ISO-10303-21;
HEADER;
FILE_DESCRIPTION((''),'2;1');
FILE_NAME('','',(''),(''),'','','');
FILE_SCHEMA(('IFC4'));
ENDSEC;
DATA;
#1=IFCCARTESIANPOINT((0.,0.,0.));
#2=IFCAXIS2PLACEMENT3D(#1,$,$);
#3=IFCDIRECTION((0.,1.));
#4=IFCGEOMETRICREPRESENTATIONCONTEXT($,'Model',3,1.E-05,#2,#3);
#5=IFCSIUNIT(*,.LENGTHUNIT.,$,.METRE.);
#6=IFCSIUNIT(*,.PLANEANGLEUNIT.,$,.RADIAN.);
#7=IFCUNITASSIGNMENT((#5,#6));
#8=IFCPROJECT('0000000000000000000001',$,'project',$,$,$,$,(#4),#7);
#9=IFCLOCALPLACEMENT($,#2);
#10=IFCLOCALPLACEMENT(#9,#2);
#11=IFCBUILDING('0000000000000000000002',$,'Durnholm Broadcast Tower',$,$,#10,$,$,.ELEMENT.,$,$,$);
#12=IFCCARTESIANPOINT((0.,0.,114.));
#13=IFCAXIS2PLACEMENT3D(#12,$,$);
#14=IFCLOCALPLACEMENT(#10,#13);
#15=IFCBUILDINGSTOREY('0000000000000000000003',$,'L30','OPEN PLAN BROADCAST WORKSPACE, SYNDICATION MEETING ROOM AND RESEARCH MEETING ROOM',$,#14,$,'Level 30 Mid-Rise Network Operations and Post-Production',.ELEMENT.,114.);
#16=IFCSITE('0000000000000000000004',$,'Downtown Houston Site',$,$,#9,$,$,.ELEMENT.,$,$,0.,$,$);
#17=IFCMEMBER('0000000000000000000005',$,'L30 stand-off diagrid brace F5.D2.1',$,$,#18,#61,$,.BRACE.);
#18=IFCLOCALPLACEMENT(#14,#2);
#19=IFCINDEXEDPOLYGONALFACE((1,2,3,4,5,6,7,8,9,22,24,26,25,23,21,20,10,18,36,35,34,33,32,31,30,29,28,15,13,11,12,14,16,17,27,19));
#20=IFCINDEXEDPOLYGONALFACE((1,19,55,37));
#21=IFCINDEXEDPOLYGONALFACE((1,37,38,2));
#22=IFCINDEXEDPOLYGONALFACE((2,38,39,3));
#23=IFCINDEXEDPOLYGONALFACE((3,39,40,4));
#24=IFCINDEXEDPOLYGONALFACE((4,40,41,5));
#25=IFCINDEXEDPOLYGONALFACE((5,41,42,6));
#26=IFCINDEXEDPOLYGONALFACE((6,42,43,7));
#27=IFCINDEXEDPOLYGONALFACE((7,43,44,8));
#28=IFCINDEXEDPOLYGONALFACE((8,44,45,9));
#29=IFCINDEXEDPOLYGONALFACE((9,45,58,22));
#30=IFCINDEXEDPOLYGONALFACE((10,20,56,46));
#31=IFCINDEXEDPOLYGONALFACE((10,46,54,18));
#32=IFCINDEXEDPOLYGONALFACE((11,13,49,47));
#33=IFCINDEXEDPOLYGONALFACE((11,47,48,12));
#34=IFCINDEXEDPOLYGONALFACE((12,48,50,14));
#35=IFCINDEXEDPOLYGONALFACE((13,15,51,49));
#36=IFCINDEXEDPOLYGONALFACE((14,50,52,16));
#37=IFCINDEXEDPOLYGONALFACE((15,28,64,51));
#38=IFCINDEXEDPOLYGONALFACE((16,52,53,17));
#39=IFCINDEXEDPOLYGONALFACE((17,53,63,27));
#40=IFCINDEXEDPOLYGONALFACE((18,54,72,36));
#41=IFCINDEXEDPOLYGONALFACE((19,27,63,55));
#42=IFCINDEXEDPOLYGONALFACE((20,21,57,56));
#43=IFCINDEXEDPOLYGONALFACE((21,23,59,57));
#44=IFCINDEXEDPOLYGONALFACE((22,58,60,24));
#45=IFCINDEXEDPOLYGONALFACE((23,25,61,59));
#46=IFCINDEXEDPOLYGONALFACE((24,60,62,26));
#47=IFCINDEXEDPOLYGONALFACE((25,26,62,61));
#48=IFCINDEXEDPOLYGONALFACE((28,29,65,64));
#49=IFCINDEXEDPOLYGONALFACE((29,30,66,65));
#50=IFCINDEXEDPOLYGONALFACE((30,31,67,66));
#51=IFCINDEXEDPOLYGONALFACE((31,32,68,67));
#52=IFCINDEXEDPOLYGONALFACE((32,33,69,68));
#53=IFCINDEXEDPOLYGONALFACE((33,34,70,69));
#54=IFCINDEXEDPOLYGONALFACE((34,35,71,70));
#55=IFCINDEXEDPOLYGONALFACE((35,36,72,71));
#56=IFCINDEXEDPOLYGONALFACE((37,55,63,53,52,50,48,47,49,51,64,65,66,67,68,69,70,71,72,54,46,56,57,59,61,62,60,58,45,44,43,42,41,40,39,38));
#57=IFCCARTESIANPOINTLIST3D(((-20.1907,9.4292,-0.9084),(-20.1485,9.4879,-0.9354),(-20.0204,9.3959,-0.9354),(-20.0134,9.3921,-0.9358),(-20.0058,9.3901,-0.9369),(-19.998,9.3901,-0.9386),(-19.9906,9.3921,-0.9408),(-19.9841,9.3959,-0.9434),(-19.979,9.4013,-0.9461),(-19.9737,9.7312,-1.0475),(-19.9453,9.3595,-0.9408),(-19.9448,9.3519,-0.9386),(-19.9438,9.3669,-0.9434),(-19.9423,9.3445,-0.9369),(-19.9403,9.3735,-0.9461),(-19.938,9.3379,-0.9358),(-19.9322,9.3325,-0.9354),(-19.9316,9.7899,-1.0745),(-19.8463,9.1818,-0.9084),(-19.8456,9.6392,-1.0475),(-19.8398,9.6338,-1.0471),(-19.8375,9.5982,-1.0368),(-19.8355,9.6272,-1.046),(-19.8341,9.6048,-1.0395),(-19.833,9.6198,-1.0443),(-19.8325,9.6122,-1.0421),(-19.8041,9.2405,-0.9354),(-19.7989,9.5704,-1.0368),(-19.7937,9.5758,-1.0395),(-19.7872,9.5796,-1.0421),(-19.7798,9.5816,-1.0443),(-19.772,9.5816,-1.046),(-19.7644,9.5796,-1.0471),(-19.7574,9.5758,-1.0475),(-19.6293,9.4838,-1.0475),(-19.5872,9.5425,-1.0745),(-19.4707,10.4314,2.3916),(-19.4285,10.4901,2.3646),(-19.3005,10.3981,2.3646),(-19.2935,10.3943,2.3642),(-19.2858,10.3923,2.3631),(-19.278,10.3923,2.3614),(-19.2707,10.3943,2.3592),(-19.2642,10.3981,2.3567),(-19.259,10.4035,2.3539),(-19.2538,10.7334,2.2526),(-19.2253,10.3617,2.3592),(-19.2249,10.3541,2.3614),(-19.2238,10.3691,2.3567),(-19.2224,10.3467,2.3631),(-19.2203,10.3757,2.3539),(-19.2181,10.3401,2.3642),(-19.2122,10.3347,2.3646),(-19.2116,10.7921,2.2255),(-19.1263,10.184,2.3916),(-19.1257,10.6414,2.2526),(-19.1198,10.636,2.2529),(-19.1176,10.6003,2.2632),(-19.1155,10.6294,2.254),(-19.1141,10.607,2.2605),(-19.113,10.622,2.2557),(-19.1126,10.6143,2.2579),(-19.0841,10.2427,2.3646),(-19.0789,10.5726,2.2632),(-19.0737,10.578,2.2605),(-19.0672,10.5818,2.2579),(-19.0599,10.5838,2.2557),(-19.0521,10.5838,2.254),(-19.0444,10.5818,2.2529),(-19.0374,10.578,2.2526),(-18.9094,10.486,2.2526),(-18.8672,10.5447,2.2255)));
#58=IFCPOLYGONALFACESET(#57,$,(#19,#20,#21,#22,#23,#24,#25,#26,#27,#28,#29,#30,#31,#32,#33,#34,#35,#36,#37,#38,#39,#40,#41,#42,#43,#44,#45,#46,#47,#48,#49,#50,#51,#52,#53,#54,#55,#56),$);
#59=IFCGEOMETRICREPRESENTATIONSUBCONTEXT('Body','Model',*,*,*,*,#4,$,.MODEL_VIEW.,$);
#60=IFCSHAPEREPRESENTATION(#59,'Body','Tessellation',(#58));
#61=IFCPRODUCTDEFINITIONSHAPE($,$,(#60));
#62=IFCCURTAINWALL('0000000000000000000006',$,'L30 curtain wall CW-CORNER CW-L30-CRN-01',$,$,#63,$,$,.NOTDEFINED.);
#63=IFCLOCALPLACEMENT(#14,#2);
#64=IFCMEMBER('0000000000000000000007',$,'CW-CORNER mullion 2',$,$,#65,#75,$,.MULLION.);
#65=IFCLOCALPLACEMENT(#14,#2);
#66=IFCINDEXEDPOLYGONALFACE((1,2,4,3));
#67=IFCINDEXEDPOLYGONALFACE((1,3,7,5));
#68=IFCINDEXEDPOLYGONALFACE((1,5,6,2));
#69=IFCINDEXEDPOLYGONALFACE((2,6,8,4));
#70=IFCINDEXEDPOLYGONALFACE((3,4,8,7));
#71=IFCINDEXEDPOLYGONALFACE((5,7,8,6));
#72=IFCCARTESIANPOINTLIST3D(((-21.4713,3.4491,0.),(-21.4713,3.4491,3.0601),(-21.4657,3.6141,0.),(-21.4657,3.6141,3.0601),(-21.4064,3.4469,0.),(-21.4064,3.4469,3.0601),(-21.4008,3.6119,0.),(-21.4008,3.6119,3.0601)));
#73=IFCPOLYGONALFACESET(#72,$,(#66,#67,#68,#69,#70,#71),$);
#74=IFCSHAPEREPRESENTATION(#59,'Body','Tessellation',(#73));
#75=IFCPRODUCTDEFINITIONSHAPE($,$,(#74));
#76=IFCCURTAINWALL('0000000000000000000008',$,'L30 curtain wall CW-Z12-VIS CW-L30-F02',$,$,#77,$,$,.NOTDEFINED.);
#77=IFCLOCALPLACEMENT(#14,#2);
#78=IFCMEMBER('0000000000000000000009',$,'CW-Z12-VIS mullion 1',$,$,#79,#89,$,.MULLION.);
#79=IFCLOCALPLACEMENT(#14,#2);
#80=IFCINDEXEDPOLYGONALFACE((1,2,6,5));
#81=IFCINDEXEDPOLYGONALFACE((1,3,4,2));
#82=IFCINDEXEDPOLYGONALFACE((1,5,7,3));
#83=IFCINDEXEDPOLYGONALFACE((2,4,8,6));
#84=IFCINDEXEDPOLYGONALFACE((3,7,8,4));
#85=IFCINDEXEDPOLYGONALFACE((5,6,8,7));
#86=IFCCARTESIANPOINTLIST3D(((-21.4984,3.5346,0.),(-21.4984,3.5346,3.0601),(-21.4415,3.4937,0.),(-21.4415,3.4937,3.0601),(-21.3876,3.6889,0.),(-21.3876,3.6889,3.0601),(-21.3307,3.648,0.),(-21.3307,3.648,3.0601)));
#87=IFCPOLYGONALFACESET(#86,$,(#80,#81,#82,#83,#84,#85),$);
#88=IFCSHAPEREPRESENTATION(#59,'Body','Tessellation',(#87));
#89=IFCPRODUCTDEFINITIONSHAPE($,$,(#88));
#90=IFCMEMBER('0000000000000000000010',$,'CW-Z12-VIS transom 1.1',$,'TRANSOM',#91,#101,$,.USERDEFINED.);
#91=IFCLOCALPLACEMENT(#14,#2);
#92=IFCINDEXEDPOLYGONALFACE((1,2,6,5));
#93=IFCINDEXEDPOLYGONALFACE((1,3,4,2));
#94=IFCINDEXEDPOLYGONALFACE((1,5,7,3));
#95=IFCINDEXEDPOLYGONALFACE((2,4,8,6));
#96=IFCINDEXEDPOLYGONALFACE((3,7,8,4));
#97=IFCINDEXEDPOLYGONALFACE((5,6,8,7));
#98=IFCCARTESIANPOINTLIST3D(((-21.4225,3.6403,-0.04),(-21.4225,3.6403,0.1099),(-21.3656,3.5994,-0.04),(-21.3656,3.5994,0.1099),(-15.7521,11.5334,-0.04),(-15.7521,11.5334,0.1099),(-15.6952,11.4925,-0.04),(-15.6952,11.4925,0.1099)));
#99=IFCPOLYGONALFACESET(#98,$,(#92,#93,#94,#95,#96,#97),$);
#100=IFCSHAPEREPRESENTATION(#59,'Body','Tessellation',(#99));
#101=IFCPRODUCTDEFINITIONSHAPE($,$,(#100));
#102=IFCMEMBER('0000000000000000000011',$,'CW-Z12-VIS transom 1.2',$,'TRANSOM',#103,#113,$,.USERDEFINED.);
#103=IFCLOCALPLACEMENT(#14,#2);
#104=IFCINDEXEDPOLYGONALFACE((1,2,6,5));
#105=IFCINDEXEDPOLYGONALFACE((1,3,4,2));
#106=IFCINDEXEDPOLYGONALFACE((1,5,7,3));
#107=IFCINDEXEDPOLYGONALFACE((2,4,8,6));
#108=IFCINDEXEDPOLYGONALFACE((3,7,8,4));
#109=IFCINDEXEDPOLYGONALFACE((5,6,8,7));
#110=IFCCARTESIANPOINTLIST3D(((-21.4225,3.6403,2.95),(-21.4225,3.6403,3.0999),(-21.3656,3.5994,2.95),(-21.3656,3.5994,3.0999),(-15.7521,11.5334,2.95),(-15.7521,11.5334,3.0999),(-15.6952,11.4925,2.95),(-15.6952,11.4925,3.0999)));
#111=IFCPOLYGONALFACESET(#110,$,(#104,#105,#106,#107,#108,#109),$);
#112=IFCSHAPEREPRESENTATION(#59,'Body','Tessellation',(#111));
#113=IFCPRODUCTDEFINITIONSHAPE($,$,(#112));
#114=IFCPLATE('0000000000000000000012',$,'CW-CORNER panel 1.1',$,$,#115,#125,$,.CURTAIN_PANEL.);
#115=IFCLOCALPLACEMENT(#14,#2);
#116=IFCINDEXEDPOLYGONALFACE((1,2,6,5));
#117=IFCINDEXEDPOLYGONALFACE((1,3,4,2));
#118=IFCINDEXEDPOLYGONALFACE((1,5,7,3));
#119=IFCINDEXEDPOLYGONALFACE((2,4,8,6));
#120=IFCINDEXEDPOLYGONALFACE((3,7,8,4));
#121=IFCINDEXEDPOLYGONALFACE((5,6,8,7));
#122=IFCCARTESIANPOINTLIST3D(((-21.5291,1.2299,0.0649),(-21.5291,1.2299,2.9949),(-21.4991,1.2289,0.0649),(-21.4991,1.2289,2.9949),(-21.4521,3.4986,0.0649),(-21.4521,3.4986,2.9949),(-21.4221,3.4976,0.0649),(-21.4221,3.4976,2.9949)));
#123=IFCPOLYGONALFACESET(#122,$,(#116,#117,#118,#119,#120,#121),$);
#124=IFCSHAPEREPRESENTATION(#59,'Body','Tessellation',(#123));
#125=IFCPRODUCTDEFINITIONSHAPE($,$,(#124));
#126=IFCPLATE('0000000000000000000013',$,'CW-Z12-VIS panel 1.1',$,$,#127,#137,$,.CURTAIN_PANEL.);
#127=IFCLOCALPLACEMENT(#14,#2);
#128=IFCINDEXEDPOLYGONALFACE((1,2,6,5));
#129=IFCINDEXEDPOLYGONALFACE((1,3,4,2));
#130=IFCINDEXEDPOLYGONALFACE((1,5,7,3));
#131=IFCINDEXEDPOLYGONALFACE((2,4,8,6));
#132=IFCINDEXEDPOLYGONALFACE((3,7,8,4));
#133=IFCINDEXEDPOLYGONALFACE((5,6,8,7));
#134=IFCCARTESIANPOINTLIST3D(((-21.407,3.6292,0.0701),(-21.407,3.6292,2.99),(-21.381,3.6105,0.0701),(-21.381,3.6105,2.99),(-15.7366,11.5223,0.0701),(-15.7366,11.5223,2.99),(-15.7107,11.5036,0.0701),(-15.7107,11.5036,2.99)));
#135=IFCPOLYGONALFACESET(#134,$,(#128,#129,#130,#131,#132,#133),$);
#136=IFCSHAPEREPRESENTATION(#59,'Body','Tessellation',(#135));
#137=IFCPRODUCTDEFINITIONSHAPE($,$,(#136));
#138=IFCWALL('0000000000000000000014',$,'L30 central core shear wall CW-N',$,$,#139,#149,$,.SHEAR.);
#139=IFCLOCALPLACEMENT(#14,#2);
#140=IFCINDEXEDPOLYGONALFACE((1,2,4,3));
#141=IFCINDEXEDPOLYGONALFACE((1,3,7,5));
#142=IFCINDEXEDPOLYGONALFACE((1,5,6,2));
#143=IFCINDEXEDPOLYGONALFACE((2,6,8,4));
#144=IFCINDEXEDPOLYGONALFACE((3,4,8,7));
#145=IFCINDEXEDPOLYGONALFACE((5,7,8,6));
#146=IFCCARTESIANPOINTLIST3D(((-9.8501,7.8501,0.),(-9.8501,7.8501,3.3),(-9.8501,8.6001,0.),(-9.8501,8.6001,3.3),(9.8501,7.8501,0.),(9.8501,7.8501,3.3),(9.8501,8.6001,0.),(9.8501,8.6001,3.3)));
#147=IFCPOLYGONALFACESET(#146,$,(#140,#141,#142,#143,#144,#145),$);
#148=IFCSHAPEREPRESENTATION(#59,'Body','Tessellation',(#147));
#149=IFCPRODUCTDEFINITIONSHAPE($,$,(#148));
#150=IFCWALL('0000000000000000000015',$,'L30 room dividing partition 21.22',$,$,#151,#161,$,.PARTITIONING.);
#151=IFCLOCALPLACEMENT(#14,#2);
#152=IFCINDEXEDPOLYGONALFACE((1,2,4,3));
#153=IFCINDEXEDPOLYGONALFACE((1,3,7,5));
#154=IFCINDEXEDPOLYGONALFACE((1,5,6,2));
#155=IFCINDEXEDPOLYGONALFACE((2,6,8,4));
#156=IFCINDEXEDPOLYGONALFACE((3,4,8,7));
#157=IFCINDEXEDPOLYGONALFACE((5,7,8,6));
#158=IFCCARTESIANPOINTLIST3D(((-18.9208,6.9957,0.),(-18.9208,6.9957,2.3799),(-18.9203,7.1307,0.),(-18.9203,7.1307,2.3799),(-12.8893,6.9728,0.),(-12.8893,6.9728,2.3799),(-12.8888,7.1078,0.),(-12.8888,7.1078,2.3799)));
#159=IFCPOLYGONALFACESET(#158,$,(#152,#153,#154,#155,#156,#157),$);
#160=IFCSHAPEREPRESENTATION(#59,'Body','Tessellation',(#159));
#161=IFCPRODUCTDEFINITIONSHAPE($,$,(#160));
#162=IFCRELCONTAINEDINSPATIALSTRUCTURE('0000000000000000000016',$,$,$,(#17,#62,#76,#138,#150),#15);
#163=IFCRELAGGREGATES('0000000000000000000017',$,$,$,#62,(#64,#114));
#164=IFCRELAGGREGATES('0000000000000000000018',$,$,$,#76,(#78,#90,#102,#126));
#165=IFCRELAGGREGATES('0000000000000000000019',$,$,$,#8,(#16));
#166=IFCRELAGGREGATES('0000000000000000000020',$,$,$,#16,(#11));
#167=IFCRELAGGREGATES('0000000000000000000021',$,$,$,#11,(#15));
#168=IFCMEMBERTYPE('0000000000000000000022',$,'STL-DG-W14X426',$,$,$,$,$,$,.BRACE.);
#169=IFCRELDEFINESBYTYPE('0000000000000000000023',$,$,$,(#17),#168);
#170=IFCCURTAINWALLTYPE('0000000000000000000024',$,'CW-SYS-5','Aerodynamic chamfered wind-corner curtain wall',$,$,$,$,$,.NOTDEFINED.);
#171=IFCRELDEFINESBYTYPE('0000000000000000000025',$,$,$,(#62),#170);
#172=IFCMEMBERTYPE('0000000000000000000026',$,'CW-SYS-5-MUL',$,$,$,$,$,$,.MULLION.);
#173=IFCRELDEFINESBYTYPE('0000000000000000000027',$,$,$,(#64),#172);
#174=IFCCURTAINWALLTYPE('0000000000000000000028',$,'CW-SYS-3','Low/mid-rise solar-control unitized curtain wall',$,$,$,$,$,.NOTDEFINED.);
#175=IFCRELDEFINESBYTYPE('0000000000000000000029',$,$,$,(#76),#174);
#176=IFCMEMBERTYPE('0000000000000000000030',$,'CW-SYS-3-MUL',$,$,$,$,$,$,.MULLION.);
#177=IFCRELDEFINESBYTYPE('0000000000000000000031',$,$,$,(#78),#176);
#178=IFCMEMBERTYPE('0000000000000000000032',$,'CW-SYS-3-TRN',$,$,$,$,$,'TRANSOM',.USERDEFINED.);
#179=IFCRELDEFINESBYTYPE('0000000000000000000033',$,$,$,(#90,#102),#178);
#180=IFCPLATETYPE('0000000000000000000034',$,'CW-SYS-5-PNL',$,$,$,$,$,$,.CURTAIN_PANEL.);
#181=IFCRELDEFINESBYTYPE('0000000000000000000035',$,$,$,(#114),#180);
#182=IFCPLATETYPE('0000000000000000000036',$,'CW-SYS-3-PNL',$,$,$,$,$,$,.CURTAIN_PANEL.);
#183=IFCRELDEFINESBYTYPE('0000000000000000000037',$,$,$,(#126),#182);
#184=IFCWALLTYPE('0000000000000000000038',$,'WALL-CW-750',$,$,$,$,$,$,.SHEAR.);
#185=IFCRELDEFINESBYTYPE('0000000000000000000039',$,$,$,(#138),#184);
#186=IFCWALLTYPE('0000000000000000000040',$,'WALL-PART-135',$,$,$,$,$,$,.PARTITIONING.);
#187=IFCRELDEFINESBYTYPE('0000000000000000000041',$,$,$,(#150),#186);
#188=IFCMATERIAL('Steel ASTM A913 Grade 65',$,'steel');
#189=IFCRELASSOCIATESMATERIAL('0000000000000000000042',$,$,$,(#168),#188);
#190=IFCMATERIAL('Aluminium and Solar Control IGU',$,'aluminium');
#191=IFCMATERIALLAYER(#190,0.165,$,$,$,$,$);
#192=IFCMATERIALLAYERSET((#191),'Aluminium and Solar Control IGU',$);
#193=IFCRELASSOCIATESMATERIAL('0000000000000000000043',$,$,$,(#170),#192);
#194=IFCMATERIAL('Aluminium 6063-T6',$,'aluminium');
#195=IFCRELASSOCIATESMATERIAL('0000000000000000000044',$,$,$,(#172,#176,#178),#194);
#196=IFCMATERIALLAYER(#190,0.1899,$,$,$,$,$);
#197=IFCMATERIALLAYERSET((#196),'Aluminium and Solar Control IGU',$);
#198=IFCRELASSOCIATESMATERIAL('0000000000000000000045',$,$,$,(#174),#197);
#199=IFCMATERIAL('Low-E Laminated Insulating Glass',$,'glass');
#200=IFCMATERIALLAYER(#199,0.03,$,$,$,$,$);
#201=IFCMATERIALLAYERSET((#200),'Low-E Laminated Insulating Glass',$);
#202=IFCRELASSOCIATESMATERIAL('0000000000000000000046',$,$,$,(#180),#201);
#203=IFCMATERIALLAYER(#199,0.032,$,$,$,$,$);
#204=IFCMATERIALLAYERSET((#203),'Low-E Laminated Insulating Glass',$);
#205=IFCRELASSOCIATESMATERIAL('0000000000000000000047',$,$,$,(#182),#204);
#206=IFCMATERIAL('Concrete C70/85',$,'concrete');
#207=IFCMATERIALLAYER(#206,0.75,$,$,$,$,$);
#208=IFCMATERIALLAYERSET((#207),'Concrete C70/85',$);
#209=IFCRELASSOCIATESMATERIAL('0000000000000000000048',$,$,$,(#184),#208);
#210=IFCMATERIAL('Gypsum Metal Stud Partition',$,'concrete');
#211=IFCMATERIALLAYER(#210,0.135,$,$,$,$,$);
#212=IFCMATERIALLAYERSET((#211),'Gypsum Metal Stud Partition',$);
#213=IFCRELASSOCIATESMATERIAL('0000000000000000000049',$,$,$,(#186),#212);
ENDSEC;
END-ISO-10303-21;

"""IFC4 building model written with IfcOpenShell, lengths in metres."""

from ifc_helpers import new_model, si_unit, direction, frame, frame_2d, origin, origin_2d, place, context, subcontext, project, spatial, rectangle, i_section, extrude, source, transform, mapped, material, layer, layer_set, material_profile, profile_set, type_object, type_shapes, element, aggregate, save


model = new_model("IFC4")

# Units and contexts
model_context = context("Model", 3, precision=1e-05, world=origin(), true_north=direction((0.0, 1.0)))
body_context = subcontext(model_context, "Body", "Model", "MODEL_VIEW")
ifc_project = project(units=[si_unit("LENGTHUNIT", "METRE"), si_unit("PLANEANGLEUNIT", "RADIAN")], contexts=[model_context])

# Site, building, storey
site_placement = place(None, origin())
site = spatial("IfcSite", under=ifc_project, at=site_placement, Name="Downtown Houston Site", CompositionType="ELEMENT", RefElevation=0.0)
building_placement = place(site_placement, origin())
building = spatial("IfcBuilding", under=site, at=building_placement, Name="Durnholm Broadcast Tower", CompositionType="ELEMENT")
storey_placement = place(building_placement, frame((0.0, 0.0, 114.0)))
storey = spatial("IfcBuildingStorey", under=building, at=storey_placement, Name="L30", Description="OPEN PLAN BROADCAST WORKSPACE, SYNDICATION MEETING ROOM AND RESEARCH MEETING ROOM", LongName="Level 30 Mid-Rise Network Operations and Post-Production", CompositionType="ELEMENT", Elevation=114.0)

# Shared definitions
ifc_material_1 = material(Name="Concrete C70/85", Category="concrete")

# Member
ifc_material_2 = material(Name="Steel ASTM A913 Grade 65", Category="steel")
ifc_material_profile_1 = material_profile(ifc_material_2, i_section(OverallWidth=0.4241, OverallDepth=0.4741, WebThickness=0.0476, FlangeThickness=0.0771, FilletRadius=0.0305, at=origin_2d()), Name="W14X426")
ifc_profile_set_1 = profile_set([ifc_material_profile_1], Name="Steel ASTM A913 Grade 65")
member_type_1 = type_object("IfcMemberType", Name="STL-DG-W14X426", PredefinedType="BRACE", material=ifc_profile_set_1)
shared_shape_1 = source(origin(), body_context, "Body", "SweptSolid", [
    extrude(i_section(OverallWidth=0.4241, OverallDepth=0.4741, WebThickness=0.0476, FlangeThickness=0.0771, FilletRadius=0.0305, at=origin_2d()), origin(), (0.0, 0.0, 1.0), 3.5232),
])
type_shapes(member_type_1, [shared_shape_1])
member_1_placement = place(storey_placement, frame((-19.8889, 9.4858, -0.9915), z_axis=(0.20435, 0.284455, 0.936657), x_axis=(-0.812153, 0.583444, 0.0)))
element("IfcMember", 1, at=member_1_placement, inside=storey, type_object=member_type_1, Name="L30 stand-off diagrid brace F5.D2.1", PredefinedType="BRACE", context=body_context, shape_type="MappedRepresentation", body=[
    mapped(shared_shape_1, transform((0.0, 0.0, 0.0), x_axis=(1.0, 0.0, 0.0), y_axis=(0.0, 1.0, 0.0), z_axis=(0.0, 0.0, 1.0), scale=1.0)),
])

# Curtain wall, member
ifc_material_3 = material(Name="Aluminium and Solar Control IGU", Category="aluminium")
ifc_layer_1 = layer(ifc_material_3, 0.165)
ifc_layer_set_1 = layer_set([ifc_layer_1], Name="Aluminium and Solar Control IGU")
curtain_wall_type_1 = type_object("IfcCurtainWallType", Name="CW-SYS-5", Description="Aerodynamic chamfered wind-corner curtain wall", PredefinedType="NOTDEFINED", material=ifc_layer_set_1)
curtain_wall_1_placement = place(storey_placement, origin())
curtain_wall_1 = element("IfcCurtainWall", 2, at=curtain_wall_1_placement, inside=storey, type_object=curtain_wall_type_1, Name="L30 curtain wall CW-CORNER CW-L30-CRN-01", PredefinedType="NOTDEFINED")
ifc_material_4 = material(Name="Aluminium 6063-T6", Category="aluminium")
ifc_material_profile_2 = material_profile(ifc_material_4, rectangle(XDim=0.0649, YDim=0.165, at=origin_2d()), Name="CWM65X165")
ifc_profile_set_2 = profile_set([ifc_material_profile_2], Name="Aluminium 6063-T6")
member_type_2 = type_object("IfcMemberType", Name="CW-SYS-5-MUL", PredefinedType="MULLION", material=ifc_profile_set_2)
shared_shape_2 = source(origin(), body_context, "Body", "SweptSolid", [
    extrude(rectangle(XDim=0.0649, YDim=0.165, at=origin_2d()), origin(), (0.0, 0.0, 1.0), 3.0601),
])
type_shapes(member_type_2, [shared_shape_2])
member_2_placement = place(storey_placement, frame((-21.436, 3.5305, 0.0), z_axis=(0.0, 0.0, 1.0), x_axis=(-0.999425, 0.033917, 0.0)))
member_2 = element("IfcMember", 3, at=member_2_placement, type_object=member_type_2, Name="CW-CORNER mullion 2", PredefinedType="MULLION", context=body_context, shape_type="MappedRepresentation", body=[
    mapped(shared_shape_2, transform((0.0, 0.0, 0.0), x_axis=(1.0, 0.0, 0.0), y_axis=(0.0, 1.0, 0.0), z_axis=(0.0, 0.0, 1.0), scale=1.0)),
])

# Curtain wall, members
ifc_layer_2 = layer(ifc_material_3, 0.1899)
ifc_layer_set_2 = layer_set([ifc_layer_2], Name="Aluminium and Solar Control IGU")
curtain_wall_type_2 = type_object("IfcCurtainWallType", Name="CW-SYS-3", Description="Low/mid-rise solar-control unitized curtain wall", PredefinedType="NOTDEFINED", material=ifc_layer_set_2)
curtain_wall_2_placement = place(storey_placement, origin())
curtain_wall_2 = element("IfcCurtainWall", 4, at=curtain_wall_2_placement, inside=storey, type_object=curtain_wall_type_2, Name="L30 curtain wall CW-Z12-VIS CW-L30-F02", PredefinedType="NOTDEFINED")
ifc_material_profile_3 = material_profile(ifc_material_4, rectangle(XDim=0.0701, YDim=0.1899, at=origin_2d()), Name="CWM70X190")
ifc_profile_set_3 = profile_set([ifc_material_profile_3], Name="Aluminium 6063-T6")
member_type_3 = type_object("IfcMemberType", Name="CW-SYS-3-MUL", PredefinedType="MULLION", material=ifc_profile_set_3)
shared_shape_3 = source(origin(), body_context, "Body", "SweptSolid", [
    extrude(rectangle(XDim=0.0701, YDim=0.1899, at=origin_2d()), origin(), (0.0, 0.0, 1.0), 3.0601),
])
type_shapes(member_type_3, [shared_shape_3])
member_3_placement = place(storey_placement, frame((-21.4146, 3.5913, 0.0), z_axis=(0.0, 0.0, 1.0), x_axis=(-0.812152, 0.583445, 0.0)))
member_3 = element("IfcMember", 5, at=member_3_placement, type_object=member_type_3, Name="CW-Z12-VIS mullion 1", PredefinedType="MULLION", context=body_context, shape_type="MappedRepresentation", body=[
    mapped(shared_shape_3, transform((0.0, 0.0, 0.0), x_axis=(1.0, 0.0, 0.0), y_axis=(0.0, 1.0, 0.0), z_axis=(0.0, 0.0, 1.0), scale=1.0)),
])
ifc_material_profile_4 = material_profile(ifc_material_4, rectangle(XDim=0.0701, YDim=0.1499, at=origin_2d()), Name="CWT70X150")
ifc_profile_set_4 = profile_set([ifc_material_profile_4], Name="Aluminium 6063-T6")
member_type_4 = type_object("IfcMemberType", Name="CW-SYS-3-TRN", ElementType="TRANSOM", PredefinedType="USERDEFINED", material=ifc_profile_set_4)
shared_shape_4 = source(origin(), body_context, "Body", "SweptSolid", [
    extrude(rectangle(XDim=0.0701, YDim=0.1499, at=origin_2d()), origin(), (0.0, 0.0, 1.0), 9.7188),
])
type_shapes(member_type_4, [shared_shape_4])
member_4_placement = place(storey_placement, frame((-21.394, 3.6199, 0.0349), z_axis=(0.583451, 0.812149, 0.0), x_axis=(-0.812149, 0.583451, 0.0)))
member_4 = element("IfcMember", 6, at=member_4_placement, type_object=member_type_4, Name="CW-Z12-VIS transom 1.1", ObjectType="TRANSOM", PredefinedType="USERDEFINED", context=body_context, shape_type="MappedRepresentation", body=[
    mapped(shared_shape_4, transform((0.0, 0.0, 0.0), x_axis=(1.0, 0.0, 0.0), y_axis=(0.0, 1.0, 0.0), z_axis=(0.0, 0.0, 1.0), scale=1.0)),
])
member_5_placement = place(storey_placement, frame((-21.394, 3.6199, 3.0249), z_axis=(0.583451, 0.812149, 0.0), x_axis=(-0.812149, 0.583451, 0.0)))
member_5 = element("IfcMember", 7, at=member_5_placement, type_object=member_type_4, Name="CW-Z12-VIS transom 1.2", ObjectType="TRANSOM", PredefinedType="USERDEFINED", context=body_context, shape_type="MappedRepresentation", body=[
    mapped(shared_shape_4, transform((0.0, 0.0, 0.0), x_axis=(1.0, 0.0, 0.0), y_axis=(0.0, 1.0, 0.0), z_axis=(0.0, 0.0, 1.0), scale=1.0)),
])

# Plates
ifc_material_5 = material(Name="Low-E Laminated Insulating Glass", Category="glass")
ifc_layer_3 = layer(ifc_material_5, 0.03)
ifc_layer_set_3 = layer_set([ifc_layer_3], Name="Low-E Laminated Insulating Glass")
plate_type_1 = type_object("IfcPlateType", Name="CW-SYS-5-PNL", PredefinedType="CURTAIN_PANEL", material=ifc_layer_set_3)
shared_shape_5 = source(origin(), body_context, "Body", "SweptSolid", [
    extrude(rectangle(XDim=2.27, YDim=0.03, at=origin_2d()), origin(), (0.0, 0.0, 1.0), 2.9299),
])
type_shapes(plate_type_1, [shared_shape_5])
plate_1_placement = place(storey_placement, frame((-21.4756, 2.3638, 0.0649), z_axis=(0.0, 0.0, 1.0), x_axis=(0.033917, 0.999425, 0.0)))
plate_1 = element("IfcPlate", 8, at=plate_1_placement, type_object=plate_type_1, Name="CW-CORNER panel 1.1", PredefinedType="CURTAIN_PANEL", context=body_context, shape_type="MappedRepresentation", body=[
    mapped(shared_shape_5, transform((0.0, 0.0, 0.0), x_axis=(1.0, 0.0, 0.0), y_axis=(0.0, 1.0, 0.0), z_axis=(0.0, 0.0, 1.0), scale=1.0)),
])
aggregate(curtain_wall_1, [member_2, plate_1])
ifc_layer_4 = layer(ifc_material_5, 0.032)
ifc_layer_set_4 = layer_set([ifc_layer_4], Name="Low-E Laminated Insulating Glass")
plate_type_2 = type_object("IfcPlateType", Name="CW-SYS-3-PNL", PredefinedType="CURTAIN_PANEL", material=ifc_layer_set_4)
shared_shape_6 = source(origin(), body_context, "Body", "SweptSolid", [
    extrude(rectangle(XDim=9.7188, YDim=0.032, at=origin_2d()), origin(), (0.0, 0.0, 1.0), 2.9199),
])
type_shapes(plate_type_2, [shared_shape_6])
plate_2_placement = place(storey_placement, frame((-18.5588, 7.5664, 0.0701), z_axis=(0.0, 0.0, 1.0), x_axis=(0.583445, 0.812152, 0.0)))
plate_2 = element("IfcPlate", 9, at=plate_2_placement, type_object=plate_type_2, Name="CW-Z12-VIS panel 1.1", PredefinedType="CURTAIN_PANEL", context=body_context, shape_type="MappedRepresentation", body=[
    mapped(shared_shape_6, transform((0.0, 0.0, 0.0), x_axis=(1.0, 0.0, 0.0), y_axis=(0.0, 1.0, 0.0), z_axis=(0.0, 0.0, 1.0), scale=1.0)),
])
aggregate(curtain_wall_2, [member_3, member_4, member_5, plate_2])

# Walls
ifc_layer_5 = layer(ifc_material_1, 0.75)
ifc_layer_set_5 = layer_set([ifc_layer_5], Name="Concrete C70/85")
wall_type_1 = type_object("IfcWallType", Name="WALL-CW-750", PredefinedType="SHEAR", material=ifc_layer_set_5)
wall_1_placement = place(storey_placement, frame((-9.8501, 8.2251, 0.0), z_axis=(0.0, 0.0, 1.0), x_axis=(1.0, 0.0, 0.0)))
element("IfcWall", 10, at=wall_1_placement, inside=storey, type_object=wall_type_1, Name="L30 central core shear wall CW-N", PredefinedType="SHEAR", context=body_context, shape_type="SweptSolid", body=[
    extrude(rectangle(XDim=19.7002, YDim=0.75, at=frame_2d((9.8501, 0.0))), origin(), (0.0, 0.0, 1.0), 3.3),
])
ifc_material_6 = material(Name="Gypsum Metal Stud Partition", Category="concrete")
ifc_layer_6 = layer(ifc_material_6, 0.135)
ifc_layer_set_6 = layer_set([ifc_layer_6], Name="Gypsum Metal Stud Partition")
wall_type_2 = type_object("IfcWallType", Name="WALL-PART-135", PredefinedType="PARTITIONING", material=ifc_layer_set_6)
wall_2_placement = place(storey_placement, frame((-18.9204, 7.0632, 0.0), z_axis=(0.0, 0.0, 1.0), x_axis=(0.999993, -0.003805, 0.0)))
element("IfcWall", 11, at=wall_2_placement, inside=storey, type_object=wall_type_2, Name="L30 room dividing partition 21.22", PredefinedType="PARTITIONING", context=body_context, shape_type="SweptSolid", body=[
    extrude(rectangle(XDim=6.0315, YDim=0.135, at=frame_2d((3.0156, 0.0))), origin(), (0.0, 0.0, 1.0), 2.3799),
])

save(model, "model.ifc")
